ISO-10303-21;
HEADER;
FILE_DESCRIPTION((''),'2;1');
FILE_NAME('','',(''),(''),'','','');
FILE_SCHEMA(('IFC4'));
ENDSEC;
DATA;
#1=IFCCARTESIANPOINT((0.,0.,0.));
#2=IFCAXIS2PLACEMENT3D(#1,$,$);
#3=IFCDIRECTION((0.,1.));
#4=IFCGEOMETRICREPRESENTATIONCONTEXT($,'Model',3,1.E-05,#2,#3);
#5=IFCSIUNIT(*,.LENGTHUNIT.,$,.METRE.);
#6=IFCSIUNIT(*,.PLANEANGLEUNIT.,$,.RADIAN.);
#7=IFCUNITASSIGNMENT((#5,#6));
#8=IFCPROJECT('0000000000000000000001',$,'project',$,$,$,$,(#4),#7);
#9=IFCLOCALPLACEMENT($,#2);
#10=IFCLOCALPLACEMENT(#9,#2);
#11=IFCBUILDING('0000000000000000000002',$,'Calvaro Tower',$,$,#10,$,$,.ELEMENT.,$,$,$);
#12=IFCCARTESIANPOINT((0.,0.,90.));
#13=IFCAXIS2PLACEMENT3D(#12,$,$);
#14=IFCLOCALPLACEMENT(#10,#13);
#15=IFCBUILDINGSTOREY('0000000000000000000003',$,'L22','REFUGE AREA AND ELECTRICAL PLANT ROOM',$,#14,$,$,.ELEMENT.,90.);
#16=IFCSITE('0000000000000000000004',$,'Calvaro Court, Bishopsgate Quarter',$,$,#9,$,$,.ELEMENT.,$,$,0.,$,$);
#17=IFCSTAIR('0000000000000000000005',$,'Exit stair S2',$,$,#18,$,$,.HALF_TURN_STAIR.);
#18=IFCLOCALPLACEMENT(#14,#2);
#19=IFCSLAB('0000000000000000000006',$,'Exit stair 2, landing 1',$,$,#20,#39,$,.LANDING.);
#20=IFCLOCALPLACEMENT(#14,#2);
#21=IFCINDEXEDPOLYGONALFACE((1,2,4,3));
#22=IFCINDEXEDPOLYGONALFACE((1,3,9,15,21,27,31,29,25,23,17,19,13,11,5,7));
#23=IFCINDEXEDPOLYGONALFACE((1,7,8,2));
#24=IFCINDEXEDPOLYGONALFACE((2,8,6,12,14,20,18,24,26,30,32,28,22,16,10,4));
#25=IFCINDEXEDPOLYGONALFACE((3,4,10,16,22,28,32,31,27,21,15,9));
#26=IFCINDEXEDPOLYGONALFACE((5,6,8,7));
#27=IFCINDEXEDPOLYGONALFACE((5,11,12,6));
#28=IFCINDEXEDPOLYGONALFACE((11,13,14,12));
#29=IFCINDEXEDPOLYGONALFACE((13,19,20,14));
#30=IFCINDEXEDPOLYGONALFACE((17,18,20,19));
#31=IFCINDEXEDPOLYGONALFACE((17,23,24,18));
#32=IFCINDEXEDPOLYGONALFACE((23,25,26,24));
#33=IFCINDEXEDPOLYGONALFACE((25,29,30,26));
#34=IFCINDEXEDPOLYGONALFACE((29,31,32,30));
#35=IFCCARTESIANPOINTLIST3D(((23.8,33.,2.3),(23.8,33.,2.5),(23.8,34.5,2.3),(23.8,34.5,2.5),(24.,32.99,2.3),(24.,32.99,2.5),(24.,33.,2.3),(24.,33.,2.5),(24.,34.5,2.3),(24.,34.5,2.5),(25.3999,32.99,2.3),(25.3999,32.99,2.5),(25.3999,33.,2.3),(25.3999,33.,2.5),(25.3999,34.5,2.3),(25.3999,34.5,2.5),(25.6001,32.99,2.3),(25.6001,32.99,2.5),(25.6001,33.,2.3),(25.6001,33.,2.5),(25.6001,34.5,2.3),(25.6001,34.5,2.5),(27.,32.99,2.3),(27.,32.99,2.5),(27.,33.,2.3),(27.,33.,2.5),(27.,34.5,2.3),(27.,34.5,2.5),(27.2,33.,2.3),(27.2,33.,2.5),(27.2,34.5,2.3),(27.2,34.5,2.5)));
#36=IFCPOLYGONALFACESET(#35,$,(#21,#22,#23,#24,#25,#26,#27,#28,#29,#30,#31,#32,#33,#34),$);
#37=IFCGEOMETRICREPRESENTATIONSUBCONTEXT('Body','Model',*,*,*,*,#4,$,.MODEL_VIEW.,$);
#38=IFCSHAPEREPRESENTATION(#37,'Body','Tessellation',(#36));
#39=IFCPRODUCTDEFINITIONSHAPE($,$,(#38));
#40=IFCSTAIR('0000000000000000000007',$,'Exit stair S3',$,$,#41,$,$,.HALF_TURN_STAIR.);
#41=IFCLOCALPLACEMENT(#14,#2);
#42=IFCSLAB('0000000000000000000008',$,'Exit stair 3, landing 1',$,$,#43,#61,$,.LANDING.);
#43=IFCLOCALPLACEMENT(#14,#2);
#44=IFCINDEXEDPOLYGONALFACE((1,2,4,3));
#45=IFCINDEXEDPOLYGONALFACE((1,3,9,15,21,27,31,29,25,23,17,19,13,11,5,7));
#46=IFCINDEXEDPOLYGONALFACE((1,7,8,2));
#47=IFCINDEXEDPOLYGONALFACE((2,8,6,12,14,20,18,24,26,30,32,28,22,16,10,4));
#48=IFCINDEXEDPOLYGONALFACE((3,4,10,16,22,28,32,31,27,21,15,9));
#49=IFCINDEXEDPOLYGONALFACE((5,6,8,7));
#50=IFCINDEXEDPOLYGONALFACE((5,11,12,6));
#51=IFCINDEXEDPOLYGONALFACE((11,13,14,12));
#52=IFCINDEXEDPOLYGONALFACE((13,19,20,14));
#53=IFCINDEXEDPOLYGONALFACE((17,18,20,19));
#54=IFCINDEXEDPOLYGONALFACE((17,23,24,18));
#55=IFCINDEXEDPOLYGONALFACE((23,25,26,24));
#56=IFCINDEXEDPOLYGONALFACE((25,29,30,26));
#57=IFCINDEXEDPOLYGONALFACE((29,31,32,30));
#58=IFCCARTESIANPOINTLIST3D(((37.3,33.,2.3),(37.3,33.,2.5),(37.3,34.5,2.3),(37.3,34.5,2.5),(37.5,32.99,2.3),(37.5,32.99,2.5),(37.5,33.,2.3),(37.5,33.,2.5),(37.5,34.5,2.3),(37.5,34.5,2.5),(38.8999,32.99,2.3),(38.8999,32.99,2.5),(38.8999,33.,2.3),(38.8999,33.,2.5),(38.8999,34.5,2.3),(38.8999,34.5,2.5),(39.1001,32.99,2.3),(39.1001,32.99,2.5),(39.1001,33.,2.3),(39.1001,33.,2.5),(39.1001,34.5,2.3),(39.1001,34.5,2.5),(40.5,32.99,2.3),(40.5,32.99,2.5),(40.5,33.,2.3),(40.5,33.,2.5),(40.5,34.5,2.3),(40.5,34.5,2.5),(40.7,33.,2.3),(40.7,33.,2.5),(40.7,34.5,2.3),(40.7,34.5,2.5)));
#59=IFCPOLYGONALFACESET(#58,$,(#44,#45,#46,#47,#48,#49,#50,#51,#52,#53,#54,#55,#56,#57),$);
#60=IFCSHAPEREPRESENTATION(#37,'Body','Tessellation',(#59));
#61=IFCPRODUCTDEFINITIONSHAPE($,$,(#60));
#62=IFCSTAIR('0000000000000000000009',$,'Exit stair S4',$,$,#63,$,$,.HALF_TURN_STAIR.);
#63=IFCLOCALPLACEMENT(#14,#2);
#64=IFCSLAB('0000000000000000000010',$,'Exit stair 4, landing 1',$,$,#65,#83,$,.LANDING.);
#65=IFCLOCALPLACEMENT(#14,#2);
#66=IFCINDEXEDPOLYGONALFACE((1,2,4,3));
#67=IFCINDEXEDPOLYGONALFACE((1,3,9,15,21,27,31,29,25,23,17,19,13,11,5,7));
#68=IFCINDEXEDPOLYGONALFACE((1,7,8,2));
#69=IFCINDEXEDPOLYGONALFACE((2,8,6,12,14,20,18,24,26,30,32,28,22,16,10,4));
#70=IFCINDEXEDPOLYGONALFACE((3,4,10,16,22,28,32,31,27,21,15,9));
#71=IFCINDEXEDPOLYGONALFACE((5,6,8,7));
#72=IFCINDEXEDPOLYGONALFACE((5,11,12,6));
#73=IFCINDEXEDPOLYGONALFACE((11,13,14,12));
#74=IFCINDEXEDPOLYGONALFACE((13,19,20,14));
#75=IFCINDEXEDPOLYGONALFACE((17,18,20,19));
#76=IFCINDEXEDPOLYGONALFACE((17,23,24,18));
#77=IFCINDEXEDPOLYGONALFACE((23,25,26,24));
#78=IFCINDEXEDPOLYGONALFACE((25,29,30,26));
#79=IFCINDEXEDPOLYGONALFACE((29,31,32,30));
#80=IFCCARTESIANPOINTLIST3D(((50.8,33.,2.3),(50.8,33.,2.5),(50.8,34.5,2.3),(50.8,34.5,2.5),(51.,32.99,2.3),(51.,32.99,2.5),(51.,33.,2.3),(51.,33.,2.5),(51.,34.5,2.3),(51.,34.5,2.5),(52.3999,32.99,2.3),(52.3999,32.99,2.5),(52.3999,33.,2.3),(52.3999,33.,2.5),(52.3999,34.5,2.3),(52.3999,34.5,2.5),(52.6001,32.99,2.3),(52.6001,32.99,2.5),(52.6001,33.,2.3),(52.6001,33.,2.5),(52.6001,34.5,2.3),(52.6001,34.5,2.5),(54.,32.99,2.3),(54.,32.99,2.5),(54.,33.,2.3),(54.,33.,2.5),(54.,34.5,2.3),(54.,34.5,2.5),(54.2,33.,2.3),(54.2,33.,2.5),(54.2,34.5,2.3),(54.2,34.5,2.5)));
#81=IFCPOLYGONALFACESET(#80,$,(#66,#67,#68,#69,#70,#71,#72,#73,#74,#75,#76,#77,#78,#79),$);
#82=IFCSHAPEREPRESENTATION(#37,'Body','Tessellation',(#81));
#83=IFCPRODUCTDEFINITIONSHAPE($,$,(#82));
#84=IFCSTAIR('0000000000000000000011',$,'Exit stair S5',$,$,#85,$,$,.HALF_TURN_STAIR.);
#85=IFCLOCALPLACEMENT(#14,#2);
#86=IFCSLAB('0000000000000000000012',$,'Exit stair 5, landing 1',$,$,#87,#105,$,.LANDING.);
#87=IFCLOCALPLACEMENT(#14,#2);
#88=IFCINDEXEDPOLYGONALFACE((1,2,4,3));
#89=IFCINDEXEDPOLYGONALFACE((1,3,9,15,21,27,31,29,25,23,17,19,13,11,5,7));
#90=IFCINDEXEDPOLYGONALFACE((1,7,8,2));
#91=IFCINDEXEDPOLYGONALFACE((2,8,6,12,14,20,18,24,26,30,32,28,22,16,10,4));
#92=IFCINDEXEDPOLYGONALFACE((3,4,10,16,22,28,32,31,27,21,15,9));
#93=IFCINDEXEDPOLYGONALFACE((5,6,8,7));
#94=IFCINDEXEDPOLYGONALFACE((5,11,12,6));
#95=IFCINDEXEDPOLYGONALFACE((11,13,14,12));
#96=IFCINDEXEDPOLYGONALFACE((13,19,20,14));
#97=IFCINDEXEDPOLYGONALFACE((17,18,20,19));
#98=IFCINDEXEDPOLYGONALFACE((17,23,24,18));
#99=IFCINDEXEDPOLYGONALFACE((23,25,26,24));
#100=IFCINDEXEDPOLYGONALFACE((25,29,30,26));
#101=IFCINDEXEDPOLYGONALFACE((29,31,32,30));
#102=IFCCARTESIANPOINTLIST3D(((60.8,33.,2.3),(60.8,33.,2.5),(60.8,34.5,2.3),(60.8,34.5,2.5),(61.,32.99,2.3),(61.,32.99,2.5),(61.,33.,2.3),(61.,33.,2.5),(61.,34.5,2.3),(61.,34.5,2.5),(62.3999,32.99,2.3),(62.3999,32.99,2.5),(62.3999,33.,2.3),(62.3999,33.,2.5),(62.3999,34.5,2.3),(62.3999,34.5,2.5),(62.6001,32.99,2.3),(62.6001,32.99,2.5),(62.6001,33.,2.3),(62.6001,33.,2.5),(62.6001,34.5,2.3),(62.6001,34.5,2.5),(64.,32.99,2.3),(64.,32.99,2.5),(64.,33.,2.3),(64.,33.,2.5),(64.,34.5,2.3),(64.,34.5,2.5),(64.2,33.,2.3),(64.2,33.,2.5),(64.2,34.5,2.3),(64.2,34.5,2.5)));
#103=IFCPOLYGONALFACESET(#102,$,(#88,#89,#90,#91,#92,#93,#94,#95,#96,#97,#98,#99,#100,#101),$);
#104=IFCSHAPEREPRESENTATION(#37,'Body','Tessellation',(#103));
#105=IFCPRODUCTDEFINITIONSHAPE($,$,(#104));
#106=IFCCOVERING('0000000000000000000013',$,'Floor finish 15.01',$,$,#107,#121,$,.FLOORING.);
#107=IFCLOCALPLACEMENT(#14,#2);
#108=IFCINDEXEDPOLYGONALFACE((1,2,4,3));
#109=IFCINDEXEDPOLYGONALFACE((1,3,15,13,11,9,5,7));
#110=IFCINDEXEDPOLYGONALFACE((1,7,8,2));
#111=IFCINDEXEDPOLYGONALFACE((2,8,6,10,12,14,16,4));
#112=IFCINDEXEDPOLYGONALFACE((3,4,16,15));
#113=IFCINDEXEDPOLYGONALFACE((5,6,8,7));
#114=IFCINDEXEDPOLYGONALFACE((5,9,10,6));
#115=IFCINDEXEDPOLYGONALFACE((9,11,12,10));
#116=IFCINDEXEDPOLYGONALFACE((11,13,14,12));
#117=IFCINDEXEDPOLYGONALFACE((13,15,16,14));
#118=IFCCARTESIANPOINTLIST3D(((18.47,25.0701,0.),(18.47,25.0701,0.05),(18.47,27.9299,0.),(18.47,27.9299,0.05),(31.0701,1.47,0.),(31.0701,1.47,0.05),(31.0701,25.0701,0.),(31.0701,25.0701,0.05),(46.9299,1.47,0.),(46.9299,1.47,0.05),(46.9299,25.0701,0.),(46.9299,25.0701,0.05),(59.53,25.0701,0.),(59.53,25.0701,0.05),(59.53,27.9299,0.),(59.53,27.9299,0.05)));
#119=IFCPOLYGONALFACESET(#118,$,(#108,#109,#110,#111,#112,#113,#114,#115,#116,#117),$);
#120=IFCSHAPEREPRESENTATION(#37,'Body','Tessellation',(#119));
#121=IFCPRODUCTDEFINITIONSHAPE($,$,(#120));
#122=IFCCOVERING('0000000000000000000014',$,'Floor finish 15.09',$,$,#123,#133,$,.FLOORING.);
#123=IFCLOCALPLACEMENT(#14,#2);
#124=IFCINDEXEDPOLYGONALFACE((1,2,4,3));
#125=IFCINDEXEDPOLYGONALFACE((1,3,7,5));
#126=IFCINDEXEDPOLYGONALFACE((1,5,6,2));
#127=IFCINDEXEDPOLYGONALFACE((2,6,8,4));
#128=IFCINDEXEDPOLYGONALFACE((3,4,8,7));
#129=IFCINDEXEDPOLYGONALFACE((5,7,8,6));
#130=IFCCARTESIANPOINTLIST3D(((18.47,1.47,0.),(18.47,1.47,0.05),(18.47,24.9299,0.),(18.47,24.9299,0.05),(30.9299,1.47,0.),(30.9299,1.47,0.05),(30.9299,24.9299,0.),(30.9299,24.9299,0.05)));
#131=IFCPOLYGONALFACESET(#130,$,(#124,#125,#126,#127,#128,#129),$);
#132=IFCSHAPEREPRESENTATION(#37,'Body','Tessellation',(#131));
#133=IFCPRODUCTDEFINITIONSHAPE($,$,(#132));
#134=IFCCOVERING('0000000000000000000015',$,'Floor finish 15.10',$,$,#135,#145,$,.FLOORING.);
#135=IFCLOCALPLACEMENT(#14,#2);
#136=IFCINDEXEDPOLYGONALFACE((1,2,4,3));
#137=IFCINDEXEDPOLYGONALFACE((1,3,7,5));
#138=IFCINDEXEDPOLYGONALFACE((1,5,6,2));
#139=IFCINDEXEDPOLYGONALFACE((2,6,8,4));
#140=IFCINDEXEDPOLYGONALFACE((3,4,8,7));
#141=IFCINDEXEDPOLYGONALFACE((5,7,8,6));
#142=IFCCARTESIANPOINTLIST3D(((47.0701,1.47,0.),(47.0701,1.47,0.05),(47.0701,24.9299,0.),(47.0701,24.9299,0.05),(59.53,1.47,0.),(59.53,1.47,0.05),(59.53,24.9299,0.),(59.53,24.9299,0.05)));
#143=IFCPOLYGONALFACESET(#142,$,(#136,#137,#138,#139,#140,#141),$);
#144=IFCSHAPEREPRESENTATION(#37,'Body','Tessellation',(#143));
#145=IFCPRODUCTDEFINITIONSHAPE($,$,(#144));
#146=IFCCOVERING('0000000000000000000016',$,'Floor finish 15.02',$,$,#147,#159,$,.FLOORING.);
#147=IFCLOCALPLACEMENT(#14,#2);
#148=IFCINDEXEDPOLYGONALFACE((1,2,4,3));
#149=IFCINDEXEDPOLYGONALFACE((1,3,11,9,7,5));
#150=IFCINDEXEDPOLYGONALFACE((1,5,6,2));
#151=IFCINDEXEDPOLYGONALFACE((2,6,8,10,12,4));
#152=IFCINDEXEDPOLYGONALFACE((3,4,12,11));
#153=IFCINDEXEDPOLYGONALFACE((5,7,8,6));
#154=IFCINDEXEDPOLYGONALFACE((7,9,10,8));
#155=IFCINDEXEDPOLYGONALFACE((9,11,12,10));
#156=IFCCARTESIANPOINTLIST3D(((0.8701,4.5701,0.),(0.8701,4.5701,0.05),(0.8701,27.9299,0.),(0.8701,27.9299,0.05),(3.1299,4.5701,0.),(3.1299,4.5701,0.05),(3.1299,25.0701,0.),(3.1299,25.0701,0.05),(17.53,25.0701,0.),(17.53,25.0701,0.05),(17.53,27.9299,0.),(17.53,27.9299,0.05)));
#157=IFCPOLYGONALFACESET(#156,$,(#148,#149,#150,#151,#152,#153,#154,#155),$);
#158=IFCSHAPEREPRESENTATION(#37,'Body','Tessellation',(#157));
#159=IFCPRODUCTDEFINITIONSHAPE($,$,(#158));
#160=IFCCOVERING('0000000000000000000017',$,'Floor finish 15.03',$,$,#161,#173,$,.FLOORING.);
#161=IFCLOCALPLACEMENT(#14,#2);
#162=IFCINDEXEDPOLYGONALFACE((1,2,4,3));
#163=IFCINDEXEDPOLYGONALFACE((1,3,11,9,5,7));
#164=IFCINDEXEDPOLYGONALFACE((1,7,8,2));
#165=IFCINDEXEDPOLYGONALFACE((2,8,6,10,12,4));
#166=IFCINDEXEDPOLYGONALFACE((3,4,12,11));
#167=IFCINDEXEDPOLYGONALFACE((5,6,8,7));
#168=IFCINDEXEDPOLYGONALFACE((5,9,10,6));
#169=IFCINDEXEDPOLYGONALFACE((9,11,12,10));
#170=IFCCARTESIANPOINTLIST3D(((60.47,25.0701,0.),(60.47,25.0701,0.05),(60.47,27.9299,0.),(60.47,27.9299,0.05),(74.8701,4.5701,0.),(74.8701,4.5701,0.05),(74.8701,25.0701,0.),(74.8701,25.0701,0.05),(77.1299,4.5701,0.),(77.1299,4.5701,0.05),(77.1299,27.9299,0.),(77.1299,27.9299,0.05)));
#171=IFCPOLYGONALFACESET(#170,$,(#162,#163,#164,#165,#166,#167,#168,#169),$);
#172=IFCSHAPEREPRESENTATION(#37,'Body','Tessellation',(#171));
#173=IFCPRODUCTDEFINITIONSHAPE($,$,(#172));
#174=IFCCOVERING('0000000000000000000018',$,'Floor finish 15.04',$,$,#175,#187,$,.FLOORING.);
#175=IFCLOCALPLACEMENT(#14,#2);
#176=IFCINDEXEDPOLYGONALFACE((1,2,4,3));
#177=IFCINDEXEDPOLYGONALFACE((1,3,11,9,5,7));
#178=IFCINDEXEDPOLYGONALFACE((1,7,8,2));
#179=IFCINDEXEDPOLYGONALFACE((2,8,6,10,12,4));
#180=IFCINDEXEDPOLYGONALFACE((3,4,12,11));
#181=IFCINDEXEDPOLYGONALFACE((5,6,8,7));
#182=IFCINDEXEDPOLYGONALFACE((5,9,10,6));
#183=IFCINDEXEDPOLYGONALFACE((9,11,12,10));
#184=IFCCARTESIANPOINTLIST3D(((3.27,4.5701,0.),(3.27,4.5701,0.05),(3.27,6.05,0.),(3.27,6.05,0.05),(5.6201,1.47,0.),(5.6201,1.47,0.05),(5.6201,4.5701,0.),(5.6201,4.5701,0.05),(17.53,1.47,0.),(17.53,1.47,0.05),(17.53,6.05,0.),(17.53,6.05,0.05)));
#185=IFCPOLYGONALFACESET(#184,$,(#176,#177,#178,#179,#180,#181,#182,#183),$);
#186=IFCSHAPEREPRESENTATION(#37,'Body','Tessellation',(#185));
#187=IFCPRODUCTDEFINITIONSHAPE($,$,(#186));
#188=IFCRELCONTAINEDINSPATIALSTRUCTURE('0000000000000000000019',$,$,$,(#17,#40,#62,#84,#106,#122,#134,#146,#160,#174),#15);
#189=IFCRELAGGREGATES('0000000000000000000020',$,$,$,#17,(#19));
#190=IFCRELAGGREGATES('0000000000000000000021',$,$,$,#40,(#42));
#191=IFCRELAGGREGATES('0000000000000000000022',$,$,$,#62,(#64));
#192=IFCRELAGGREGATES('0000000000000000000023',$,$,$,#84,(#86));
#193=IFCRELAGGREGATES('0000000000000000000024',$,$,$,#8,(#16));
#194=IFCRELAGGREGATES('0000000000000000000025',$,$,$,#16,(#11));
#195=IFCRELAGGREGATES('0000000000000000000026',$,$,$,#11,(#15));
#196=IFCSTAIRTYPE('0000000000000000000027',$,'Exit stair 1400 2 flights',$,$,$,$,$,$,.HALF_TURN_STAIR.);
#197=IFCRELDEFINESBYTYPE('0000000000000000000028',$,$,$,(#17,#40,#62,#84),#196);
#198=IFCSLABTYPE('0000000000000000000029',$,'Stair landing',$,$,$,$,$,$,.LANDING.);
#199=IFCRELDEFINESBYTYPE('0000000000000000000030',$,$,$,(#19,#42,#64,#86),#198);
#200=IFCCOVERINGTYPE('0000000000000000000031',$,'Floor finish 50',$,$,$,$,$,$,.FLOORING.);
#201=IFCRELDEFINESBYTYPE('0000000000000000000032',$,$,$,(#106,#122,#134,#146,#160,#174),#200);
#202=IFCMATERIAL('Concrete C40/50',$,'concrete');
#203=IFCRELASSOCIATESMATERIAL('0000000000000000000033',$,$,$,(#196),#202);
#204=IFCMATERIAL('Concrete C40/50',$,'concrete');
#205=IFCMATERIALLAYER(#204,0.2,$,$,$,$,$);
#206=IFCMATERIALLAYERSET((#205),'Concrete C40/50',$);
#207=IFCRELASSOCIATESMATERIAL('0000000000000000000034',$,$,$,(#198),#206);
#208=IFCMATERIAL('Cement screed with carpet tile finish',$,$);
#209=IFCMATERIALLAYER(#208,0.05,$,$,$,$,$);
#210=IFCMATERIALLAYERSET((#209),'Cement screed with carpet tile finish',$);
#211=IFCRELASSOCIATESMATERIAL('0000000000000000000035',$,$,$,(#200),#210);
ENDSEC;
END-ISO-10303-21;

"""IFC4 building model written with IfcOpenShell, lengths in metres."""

from ifc_helpers import new_model, si_unit, direction, frame, origin, place, context, subcontext, project, spatial, polyline, outline, extrude, material, layer, layer_set, type_object, element, aggregate, save


model = new_model("IFC4")

# Units and contexts
model_context = context("Model", 3, precision=1e-05, world=origin(), true_north=direction((0.0, 1.0)))
body_context = subcontext(model_context, "Body", "Model", "MODEL_VIEW")
ifc_project = project(units=[si_unit("LENGTHUNIT", "METRE"), si_unit("PLANEANGLEUNIT", "RADIAN")], contexts=[model_context])

# Site, building, storey
site_placement = place(None, origin())
site = spatial("IfcSite", under=ifc_project, at=site_placement, Name="Calvaro Court, Bishopsgate Quarter", CompositionType="ELEMENT", RefElevation=0.0)
building_placement = place(site_placement, origin())
building = spatial("IfcBuilding", under=site, at=building_placement, Name="Calvaro Tower", CompositionType="ELEMENT")
storey_placement = place(building_placement, frame((0.0, 0.0, 90.0)))
storey = spatial("IfcBuildingStorey", under=building, at=storey_placement, Name="L22", Description="REFUGE AREA AND ELECTRICAL PLANT ROOM", CompositionType="ELEMENT", Elevation=90.0)

# Stairs, slabs
ifc_material_1 = material(Name="Concrete C40/50", Category="concrete")
stair_type = type_object("IfcStairType", Name="Exit stair 1400 2 flights", PredefinedType="HALF_TURN_STAIR", material=ifc_material_1)
ifc_material_2 = material(Name="Concrete C40/50", Category="concrete")
ifc_layer_1 = layer(ifc_material_2, 0.2)
ifc_layer_set_1 = layer_set([ifc_layer_1], Name="Concrete C40/50")
slab_type_1 = type_object("IfcSlabType", Name="Stair landing", PredefinedType="LANDING", material=ifc_layer_set_1)
stair_1_placement = place(storey_placement, origin())
stair_1 = element("IfcStair", 1, at=stair_1_placement, inside=storey, type_object=stair_type, Name="Exit stair S2", PredefinedType="HALF_TURN_STAIR")
slab_1_placement = place(storey_placement, frame((0.0, 0.0, 2.3)))
slab_1 = element("IfcSlab", 2, at=slab_1_placement, type_object=slab_type_1, Name="Exit stair 2, landing 1", PredefinedType="LANDING", context=body_context, shape_type="SweptSolid", body=[
    extrude(outline(polyline([(25.3999, 32.99), (24.0, 32.99), (24.0, 33.0), (23.8, 33.0), (23.8, 34.5), (24.0, 34.5), (25.3999, 34.5), (25.6001, 34.5), (27.0, 34.5), (27.2, 34.5), (27.2, 33.0), (27.0, 33.0), (27.0, 32.99), (25.6001, 32.99), (25.6001, 33.0), (25.3999, 33.0), (25.3999, 32.99)])), origin(), (0.0, 0.0, 1.0), 0.2),
])
aggregate(stair_1, [slab_1])
stair_2_placement = place(storey_placement, origin())
stair_2 = element("IfcStair", 3, at=stair_2_placement, inside=storey, type_object=stair_type, Name="Exit stair S3", PredefinedType="HALF_TURN_STAIR")
slab_2_placement = place(storey_placement, frame((0.0, 0.0, 2.3)))
slab_2 = element("IfcSlab", 4, at=slab_2_placement, type_object=slab_type_1, Name="Exit stair 3, landing 1", PredefinedType="LANDING", context=body_context, shape_type="SweptSolid", body=[
    extrude(outline(polyline([(38.8999, 32.99), (37.5, 32.99), (37.5, 33.0), (37.3, 33.0), (37.3, 34.5), (37.5, 34.5), (38.8999, 34.5), (39.1001, 34.5), (40.5, 34.5), (40.7, 34.5), (40.7, 33.0), (40.5, 33.0), (40.5, 32.99), (39.1001, 32.99), (39.1001, 33.0), (38.8999, 33.0), (38.8999, 32.99)])), origin(), (0.0, 0.0, 1.0), 0.2),
])
aggregate(stair_2, [slab_2])
stair_3_placement = place(storey_placement, origin())
stair_3 = element("IfcStair", 5, at=stair_3_placement, inside=storey, type_object=stair_type, Name="Exit stair S4", PredefinedType="HALF_TURN_STAIR")
slab_3_placement = place(storey_placement, frame((0.0, 0.0, 2.3)))
slab_3 = element("IfcSlab", 6, at=slab_3_placement, type_object=slab_type_1, Name="Exit stair 4, landing 1", PredefinedType="LANDING", context=body_context, shape_type="SweptSolid", body=[
    extrude(outline(polyline([(52.3999, 32.99), (51.0, 32.99), (51.0, 33.0), (50.8, 33.0), (50.8, 34.5), (51.0, 34.5), (52.3999, 34.5), (52.6001, 34.5), (54.0, 34.5), (54.2, 34.5), (54.2, 33.0), (54.0, 33.0), (54.0, 32.99), (52.6001, 32.99), (52.6001, 33.0), (52.3999, 33.0), (52.3999, 32.99)])), origin(), (0.0, 0.0, 1.0), 0.2),
])
aggregate(stair_3, [slab_3])
stair_4_placement = place(storey_placement, origin())
stair_4 = element("IfcStair", 7, at=stair_4_placement, inside=storey, type_object=stair_type, Name="Exit stair S5", PredefinedType="HALF_TURN_STAIR")
slab_4_placement = place(storey_placement, frame((0.0, 0.0, 2.3)))
slab_4 = element("IfcSlab", 8, at=slab_4_placement, type_object=slab_type_1, Name="Exit stair 5, landing 1", PredefinedType="LANDING", context=body_context, shape_type="SweptSolid", body=[
    extrude(outline(polyline([(62.3999, 32.99), (61.0, 32.99), (61.0, 33.0), (60.8, 33.0), (60.8, 34.5), (61.0, 34.5), (62.3999, 34.5), (62.6001, 34.5), (64.0, 34.5), (64.2, 34.5), (64.2, 33.0), (64.0, 33.0), (64.0, 32.99), (62.6001, 32.99), (62.6001, 33.0), (62.3999, 33.0), (62.3999, 32.99)])), origin(), (0.0, 0.0, 1.0), 0.2),
])
aggregate(stair_4, [slab_4])

# Coverings
ifc_material_3 = material(Name="Cement screed with carpet tile finish")
ifc_layer_2 = layer(ifc_material_3, 0.05)
ifc_layer_set_2 = layer_set([ifc_layer_2], Name="Cement screed with carpet tile finish")
covering_type = type_object("IfcCoveringType", Name="Floor finish 50", PredefinedType="FLOORING", material=ifc_layer_set_2)
covering_1_placement = place(storey_placement, origin())
element("IfcCovering", 9, at=covering_1_placement, inside=storey, type_object=covering_type, Name="Floor finish 15.01", PredefinedType="FLOORING", context=body_context, shape_type="SweptSolid", body=[
    extrude(outline(polyline([(31.0701, 1.47), (31.0701, 25.0701), (18.47, 25.0701), (18.47, 27.9299), (59.53, 27.9299), (59.53, 25.0701), (46.9299, 25.0701), (46.9299, 1.47), (31.0701, 1.47)])), origin(), (0.0, 0.0, 1.0), 0.05),
])
covering_2_placement = place(storey_placement, origin())
element("IfcCovering", 10, at=covering_2_placement, inside=storey, type_object=covering_type, Name="Floor finish 15.09", PredefinedType="FLOORING", context=body_context, shape_type="SweptSolid", body=[
    extrude(outline(polyline([(18.47, 24.9299), (30.9299, 24.9299), (30.9299, 1.47), (18.47, 1.47), (18.47, 24.9299)])), origin(), (0.0, 0.0, 1.0), 0.05),
])
covering_3_placement = place(storey_placement, origin())
element("IfcCovering", 11, at=covering_3_placement, inside=storey, type_object=covering_type, Name="Floor finish 15.10", PredefinedType="FLOORING", context=body_context, shape_type="SweptSolid", body=[
    extrude(outline(polyline([(47.0701, 24.9299), (59.53, 24.9299), (59.53, 1.47), (47.0701, 1.47), (47.0701, 24.9299)])), origin(), (0.0, 0.0, 1.0), 0.05),
])
covering_4_placement = place(storey_placement, origin())
element("IfcCovering", 12, at=covering_4_placement, inside=storey, type_object=covering_type, Name="Floor finish 15.02", PredefinedType="FLOORING", context=body_context, shape_type="SweptSolid", body=[
    extrude(outline(polyline([(0.8701, 27.9299), (17.53, 27.9299), (17.53, 25.0701), (3.1299, 25.0701), (3.1299, 4.5701), (0.8701, 4.5701), (0.8701, 27.9299)])), origin(), (0.0, 0.0, 1.0), 0.05),
])
covering_5_placement = place(storey_placement, origin())
element("IfcCovering", 13, at=covering_5_placement, inside=storey, type_object=covering_type, Name="Floor finish 15.03", PredefinedType="FLOORING", context=body_context, shape_type="SweptSolid", body=[
    extrude(outline(polyline([(74.8701, 25.0701), (60.47, 25.0701), (60.47, 27.9299), (77.1299, 27.9299), (77.1299, 4.5701), (74.8701, 4.5701), (74.8701, 25.0701)])), origin(), (0.0, 0.0, 1.0), 0.05),
])
covering_6_placement = place(storey_placement, origin())
element("IfcCovering", 14, at=covering_6_placement, inside=storey, type_object=covering_type, Name="Floor finish 15.04", PredefinedType="FLOORING", context=body_context, shape_type="SweptSolid", body=[
    extrude(outline(polyline([(3.27, 6.05), (17.53, 6.05), (17.53, 1.47), (5.6201, 1.47), (5.6201, 4.5701), (3.27, 4.5701), (3.27, 6.05)])), origin(), (0.0, 0.0, 1.0), 0.05),
])

save(model, "model.ifc")
